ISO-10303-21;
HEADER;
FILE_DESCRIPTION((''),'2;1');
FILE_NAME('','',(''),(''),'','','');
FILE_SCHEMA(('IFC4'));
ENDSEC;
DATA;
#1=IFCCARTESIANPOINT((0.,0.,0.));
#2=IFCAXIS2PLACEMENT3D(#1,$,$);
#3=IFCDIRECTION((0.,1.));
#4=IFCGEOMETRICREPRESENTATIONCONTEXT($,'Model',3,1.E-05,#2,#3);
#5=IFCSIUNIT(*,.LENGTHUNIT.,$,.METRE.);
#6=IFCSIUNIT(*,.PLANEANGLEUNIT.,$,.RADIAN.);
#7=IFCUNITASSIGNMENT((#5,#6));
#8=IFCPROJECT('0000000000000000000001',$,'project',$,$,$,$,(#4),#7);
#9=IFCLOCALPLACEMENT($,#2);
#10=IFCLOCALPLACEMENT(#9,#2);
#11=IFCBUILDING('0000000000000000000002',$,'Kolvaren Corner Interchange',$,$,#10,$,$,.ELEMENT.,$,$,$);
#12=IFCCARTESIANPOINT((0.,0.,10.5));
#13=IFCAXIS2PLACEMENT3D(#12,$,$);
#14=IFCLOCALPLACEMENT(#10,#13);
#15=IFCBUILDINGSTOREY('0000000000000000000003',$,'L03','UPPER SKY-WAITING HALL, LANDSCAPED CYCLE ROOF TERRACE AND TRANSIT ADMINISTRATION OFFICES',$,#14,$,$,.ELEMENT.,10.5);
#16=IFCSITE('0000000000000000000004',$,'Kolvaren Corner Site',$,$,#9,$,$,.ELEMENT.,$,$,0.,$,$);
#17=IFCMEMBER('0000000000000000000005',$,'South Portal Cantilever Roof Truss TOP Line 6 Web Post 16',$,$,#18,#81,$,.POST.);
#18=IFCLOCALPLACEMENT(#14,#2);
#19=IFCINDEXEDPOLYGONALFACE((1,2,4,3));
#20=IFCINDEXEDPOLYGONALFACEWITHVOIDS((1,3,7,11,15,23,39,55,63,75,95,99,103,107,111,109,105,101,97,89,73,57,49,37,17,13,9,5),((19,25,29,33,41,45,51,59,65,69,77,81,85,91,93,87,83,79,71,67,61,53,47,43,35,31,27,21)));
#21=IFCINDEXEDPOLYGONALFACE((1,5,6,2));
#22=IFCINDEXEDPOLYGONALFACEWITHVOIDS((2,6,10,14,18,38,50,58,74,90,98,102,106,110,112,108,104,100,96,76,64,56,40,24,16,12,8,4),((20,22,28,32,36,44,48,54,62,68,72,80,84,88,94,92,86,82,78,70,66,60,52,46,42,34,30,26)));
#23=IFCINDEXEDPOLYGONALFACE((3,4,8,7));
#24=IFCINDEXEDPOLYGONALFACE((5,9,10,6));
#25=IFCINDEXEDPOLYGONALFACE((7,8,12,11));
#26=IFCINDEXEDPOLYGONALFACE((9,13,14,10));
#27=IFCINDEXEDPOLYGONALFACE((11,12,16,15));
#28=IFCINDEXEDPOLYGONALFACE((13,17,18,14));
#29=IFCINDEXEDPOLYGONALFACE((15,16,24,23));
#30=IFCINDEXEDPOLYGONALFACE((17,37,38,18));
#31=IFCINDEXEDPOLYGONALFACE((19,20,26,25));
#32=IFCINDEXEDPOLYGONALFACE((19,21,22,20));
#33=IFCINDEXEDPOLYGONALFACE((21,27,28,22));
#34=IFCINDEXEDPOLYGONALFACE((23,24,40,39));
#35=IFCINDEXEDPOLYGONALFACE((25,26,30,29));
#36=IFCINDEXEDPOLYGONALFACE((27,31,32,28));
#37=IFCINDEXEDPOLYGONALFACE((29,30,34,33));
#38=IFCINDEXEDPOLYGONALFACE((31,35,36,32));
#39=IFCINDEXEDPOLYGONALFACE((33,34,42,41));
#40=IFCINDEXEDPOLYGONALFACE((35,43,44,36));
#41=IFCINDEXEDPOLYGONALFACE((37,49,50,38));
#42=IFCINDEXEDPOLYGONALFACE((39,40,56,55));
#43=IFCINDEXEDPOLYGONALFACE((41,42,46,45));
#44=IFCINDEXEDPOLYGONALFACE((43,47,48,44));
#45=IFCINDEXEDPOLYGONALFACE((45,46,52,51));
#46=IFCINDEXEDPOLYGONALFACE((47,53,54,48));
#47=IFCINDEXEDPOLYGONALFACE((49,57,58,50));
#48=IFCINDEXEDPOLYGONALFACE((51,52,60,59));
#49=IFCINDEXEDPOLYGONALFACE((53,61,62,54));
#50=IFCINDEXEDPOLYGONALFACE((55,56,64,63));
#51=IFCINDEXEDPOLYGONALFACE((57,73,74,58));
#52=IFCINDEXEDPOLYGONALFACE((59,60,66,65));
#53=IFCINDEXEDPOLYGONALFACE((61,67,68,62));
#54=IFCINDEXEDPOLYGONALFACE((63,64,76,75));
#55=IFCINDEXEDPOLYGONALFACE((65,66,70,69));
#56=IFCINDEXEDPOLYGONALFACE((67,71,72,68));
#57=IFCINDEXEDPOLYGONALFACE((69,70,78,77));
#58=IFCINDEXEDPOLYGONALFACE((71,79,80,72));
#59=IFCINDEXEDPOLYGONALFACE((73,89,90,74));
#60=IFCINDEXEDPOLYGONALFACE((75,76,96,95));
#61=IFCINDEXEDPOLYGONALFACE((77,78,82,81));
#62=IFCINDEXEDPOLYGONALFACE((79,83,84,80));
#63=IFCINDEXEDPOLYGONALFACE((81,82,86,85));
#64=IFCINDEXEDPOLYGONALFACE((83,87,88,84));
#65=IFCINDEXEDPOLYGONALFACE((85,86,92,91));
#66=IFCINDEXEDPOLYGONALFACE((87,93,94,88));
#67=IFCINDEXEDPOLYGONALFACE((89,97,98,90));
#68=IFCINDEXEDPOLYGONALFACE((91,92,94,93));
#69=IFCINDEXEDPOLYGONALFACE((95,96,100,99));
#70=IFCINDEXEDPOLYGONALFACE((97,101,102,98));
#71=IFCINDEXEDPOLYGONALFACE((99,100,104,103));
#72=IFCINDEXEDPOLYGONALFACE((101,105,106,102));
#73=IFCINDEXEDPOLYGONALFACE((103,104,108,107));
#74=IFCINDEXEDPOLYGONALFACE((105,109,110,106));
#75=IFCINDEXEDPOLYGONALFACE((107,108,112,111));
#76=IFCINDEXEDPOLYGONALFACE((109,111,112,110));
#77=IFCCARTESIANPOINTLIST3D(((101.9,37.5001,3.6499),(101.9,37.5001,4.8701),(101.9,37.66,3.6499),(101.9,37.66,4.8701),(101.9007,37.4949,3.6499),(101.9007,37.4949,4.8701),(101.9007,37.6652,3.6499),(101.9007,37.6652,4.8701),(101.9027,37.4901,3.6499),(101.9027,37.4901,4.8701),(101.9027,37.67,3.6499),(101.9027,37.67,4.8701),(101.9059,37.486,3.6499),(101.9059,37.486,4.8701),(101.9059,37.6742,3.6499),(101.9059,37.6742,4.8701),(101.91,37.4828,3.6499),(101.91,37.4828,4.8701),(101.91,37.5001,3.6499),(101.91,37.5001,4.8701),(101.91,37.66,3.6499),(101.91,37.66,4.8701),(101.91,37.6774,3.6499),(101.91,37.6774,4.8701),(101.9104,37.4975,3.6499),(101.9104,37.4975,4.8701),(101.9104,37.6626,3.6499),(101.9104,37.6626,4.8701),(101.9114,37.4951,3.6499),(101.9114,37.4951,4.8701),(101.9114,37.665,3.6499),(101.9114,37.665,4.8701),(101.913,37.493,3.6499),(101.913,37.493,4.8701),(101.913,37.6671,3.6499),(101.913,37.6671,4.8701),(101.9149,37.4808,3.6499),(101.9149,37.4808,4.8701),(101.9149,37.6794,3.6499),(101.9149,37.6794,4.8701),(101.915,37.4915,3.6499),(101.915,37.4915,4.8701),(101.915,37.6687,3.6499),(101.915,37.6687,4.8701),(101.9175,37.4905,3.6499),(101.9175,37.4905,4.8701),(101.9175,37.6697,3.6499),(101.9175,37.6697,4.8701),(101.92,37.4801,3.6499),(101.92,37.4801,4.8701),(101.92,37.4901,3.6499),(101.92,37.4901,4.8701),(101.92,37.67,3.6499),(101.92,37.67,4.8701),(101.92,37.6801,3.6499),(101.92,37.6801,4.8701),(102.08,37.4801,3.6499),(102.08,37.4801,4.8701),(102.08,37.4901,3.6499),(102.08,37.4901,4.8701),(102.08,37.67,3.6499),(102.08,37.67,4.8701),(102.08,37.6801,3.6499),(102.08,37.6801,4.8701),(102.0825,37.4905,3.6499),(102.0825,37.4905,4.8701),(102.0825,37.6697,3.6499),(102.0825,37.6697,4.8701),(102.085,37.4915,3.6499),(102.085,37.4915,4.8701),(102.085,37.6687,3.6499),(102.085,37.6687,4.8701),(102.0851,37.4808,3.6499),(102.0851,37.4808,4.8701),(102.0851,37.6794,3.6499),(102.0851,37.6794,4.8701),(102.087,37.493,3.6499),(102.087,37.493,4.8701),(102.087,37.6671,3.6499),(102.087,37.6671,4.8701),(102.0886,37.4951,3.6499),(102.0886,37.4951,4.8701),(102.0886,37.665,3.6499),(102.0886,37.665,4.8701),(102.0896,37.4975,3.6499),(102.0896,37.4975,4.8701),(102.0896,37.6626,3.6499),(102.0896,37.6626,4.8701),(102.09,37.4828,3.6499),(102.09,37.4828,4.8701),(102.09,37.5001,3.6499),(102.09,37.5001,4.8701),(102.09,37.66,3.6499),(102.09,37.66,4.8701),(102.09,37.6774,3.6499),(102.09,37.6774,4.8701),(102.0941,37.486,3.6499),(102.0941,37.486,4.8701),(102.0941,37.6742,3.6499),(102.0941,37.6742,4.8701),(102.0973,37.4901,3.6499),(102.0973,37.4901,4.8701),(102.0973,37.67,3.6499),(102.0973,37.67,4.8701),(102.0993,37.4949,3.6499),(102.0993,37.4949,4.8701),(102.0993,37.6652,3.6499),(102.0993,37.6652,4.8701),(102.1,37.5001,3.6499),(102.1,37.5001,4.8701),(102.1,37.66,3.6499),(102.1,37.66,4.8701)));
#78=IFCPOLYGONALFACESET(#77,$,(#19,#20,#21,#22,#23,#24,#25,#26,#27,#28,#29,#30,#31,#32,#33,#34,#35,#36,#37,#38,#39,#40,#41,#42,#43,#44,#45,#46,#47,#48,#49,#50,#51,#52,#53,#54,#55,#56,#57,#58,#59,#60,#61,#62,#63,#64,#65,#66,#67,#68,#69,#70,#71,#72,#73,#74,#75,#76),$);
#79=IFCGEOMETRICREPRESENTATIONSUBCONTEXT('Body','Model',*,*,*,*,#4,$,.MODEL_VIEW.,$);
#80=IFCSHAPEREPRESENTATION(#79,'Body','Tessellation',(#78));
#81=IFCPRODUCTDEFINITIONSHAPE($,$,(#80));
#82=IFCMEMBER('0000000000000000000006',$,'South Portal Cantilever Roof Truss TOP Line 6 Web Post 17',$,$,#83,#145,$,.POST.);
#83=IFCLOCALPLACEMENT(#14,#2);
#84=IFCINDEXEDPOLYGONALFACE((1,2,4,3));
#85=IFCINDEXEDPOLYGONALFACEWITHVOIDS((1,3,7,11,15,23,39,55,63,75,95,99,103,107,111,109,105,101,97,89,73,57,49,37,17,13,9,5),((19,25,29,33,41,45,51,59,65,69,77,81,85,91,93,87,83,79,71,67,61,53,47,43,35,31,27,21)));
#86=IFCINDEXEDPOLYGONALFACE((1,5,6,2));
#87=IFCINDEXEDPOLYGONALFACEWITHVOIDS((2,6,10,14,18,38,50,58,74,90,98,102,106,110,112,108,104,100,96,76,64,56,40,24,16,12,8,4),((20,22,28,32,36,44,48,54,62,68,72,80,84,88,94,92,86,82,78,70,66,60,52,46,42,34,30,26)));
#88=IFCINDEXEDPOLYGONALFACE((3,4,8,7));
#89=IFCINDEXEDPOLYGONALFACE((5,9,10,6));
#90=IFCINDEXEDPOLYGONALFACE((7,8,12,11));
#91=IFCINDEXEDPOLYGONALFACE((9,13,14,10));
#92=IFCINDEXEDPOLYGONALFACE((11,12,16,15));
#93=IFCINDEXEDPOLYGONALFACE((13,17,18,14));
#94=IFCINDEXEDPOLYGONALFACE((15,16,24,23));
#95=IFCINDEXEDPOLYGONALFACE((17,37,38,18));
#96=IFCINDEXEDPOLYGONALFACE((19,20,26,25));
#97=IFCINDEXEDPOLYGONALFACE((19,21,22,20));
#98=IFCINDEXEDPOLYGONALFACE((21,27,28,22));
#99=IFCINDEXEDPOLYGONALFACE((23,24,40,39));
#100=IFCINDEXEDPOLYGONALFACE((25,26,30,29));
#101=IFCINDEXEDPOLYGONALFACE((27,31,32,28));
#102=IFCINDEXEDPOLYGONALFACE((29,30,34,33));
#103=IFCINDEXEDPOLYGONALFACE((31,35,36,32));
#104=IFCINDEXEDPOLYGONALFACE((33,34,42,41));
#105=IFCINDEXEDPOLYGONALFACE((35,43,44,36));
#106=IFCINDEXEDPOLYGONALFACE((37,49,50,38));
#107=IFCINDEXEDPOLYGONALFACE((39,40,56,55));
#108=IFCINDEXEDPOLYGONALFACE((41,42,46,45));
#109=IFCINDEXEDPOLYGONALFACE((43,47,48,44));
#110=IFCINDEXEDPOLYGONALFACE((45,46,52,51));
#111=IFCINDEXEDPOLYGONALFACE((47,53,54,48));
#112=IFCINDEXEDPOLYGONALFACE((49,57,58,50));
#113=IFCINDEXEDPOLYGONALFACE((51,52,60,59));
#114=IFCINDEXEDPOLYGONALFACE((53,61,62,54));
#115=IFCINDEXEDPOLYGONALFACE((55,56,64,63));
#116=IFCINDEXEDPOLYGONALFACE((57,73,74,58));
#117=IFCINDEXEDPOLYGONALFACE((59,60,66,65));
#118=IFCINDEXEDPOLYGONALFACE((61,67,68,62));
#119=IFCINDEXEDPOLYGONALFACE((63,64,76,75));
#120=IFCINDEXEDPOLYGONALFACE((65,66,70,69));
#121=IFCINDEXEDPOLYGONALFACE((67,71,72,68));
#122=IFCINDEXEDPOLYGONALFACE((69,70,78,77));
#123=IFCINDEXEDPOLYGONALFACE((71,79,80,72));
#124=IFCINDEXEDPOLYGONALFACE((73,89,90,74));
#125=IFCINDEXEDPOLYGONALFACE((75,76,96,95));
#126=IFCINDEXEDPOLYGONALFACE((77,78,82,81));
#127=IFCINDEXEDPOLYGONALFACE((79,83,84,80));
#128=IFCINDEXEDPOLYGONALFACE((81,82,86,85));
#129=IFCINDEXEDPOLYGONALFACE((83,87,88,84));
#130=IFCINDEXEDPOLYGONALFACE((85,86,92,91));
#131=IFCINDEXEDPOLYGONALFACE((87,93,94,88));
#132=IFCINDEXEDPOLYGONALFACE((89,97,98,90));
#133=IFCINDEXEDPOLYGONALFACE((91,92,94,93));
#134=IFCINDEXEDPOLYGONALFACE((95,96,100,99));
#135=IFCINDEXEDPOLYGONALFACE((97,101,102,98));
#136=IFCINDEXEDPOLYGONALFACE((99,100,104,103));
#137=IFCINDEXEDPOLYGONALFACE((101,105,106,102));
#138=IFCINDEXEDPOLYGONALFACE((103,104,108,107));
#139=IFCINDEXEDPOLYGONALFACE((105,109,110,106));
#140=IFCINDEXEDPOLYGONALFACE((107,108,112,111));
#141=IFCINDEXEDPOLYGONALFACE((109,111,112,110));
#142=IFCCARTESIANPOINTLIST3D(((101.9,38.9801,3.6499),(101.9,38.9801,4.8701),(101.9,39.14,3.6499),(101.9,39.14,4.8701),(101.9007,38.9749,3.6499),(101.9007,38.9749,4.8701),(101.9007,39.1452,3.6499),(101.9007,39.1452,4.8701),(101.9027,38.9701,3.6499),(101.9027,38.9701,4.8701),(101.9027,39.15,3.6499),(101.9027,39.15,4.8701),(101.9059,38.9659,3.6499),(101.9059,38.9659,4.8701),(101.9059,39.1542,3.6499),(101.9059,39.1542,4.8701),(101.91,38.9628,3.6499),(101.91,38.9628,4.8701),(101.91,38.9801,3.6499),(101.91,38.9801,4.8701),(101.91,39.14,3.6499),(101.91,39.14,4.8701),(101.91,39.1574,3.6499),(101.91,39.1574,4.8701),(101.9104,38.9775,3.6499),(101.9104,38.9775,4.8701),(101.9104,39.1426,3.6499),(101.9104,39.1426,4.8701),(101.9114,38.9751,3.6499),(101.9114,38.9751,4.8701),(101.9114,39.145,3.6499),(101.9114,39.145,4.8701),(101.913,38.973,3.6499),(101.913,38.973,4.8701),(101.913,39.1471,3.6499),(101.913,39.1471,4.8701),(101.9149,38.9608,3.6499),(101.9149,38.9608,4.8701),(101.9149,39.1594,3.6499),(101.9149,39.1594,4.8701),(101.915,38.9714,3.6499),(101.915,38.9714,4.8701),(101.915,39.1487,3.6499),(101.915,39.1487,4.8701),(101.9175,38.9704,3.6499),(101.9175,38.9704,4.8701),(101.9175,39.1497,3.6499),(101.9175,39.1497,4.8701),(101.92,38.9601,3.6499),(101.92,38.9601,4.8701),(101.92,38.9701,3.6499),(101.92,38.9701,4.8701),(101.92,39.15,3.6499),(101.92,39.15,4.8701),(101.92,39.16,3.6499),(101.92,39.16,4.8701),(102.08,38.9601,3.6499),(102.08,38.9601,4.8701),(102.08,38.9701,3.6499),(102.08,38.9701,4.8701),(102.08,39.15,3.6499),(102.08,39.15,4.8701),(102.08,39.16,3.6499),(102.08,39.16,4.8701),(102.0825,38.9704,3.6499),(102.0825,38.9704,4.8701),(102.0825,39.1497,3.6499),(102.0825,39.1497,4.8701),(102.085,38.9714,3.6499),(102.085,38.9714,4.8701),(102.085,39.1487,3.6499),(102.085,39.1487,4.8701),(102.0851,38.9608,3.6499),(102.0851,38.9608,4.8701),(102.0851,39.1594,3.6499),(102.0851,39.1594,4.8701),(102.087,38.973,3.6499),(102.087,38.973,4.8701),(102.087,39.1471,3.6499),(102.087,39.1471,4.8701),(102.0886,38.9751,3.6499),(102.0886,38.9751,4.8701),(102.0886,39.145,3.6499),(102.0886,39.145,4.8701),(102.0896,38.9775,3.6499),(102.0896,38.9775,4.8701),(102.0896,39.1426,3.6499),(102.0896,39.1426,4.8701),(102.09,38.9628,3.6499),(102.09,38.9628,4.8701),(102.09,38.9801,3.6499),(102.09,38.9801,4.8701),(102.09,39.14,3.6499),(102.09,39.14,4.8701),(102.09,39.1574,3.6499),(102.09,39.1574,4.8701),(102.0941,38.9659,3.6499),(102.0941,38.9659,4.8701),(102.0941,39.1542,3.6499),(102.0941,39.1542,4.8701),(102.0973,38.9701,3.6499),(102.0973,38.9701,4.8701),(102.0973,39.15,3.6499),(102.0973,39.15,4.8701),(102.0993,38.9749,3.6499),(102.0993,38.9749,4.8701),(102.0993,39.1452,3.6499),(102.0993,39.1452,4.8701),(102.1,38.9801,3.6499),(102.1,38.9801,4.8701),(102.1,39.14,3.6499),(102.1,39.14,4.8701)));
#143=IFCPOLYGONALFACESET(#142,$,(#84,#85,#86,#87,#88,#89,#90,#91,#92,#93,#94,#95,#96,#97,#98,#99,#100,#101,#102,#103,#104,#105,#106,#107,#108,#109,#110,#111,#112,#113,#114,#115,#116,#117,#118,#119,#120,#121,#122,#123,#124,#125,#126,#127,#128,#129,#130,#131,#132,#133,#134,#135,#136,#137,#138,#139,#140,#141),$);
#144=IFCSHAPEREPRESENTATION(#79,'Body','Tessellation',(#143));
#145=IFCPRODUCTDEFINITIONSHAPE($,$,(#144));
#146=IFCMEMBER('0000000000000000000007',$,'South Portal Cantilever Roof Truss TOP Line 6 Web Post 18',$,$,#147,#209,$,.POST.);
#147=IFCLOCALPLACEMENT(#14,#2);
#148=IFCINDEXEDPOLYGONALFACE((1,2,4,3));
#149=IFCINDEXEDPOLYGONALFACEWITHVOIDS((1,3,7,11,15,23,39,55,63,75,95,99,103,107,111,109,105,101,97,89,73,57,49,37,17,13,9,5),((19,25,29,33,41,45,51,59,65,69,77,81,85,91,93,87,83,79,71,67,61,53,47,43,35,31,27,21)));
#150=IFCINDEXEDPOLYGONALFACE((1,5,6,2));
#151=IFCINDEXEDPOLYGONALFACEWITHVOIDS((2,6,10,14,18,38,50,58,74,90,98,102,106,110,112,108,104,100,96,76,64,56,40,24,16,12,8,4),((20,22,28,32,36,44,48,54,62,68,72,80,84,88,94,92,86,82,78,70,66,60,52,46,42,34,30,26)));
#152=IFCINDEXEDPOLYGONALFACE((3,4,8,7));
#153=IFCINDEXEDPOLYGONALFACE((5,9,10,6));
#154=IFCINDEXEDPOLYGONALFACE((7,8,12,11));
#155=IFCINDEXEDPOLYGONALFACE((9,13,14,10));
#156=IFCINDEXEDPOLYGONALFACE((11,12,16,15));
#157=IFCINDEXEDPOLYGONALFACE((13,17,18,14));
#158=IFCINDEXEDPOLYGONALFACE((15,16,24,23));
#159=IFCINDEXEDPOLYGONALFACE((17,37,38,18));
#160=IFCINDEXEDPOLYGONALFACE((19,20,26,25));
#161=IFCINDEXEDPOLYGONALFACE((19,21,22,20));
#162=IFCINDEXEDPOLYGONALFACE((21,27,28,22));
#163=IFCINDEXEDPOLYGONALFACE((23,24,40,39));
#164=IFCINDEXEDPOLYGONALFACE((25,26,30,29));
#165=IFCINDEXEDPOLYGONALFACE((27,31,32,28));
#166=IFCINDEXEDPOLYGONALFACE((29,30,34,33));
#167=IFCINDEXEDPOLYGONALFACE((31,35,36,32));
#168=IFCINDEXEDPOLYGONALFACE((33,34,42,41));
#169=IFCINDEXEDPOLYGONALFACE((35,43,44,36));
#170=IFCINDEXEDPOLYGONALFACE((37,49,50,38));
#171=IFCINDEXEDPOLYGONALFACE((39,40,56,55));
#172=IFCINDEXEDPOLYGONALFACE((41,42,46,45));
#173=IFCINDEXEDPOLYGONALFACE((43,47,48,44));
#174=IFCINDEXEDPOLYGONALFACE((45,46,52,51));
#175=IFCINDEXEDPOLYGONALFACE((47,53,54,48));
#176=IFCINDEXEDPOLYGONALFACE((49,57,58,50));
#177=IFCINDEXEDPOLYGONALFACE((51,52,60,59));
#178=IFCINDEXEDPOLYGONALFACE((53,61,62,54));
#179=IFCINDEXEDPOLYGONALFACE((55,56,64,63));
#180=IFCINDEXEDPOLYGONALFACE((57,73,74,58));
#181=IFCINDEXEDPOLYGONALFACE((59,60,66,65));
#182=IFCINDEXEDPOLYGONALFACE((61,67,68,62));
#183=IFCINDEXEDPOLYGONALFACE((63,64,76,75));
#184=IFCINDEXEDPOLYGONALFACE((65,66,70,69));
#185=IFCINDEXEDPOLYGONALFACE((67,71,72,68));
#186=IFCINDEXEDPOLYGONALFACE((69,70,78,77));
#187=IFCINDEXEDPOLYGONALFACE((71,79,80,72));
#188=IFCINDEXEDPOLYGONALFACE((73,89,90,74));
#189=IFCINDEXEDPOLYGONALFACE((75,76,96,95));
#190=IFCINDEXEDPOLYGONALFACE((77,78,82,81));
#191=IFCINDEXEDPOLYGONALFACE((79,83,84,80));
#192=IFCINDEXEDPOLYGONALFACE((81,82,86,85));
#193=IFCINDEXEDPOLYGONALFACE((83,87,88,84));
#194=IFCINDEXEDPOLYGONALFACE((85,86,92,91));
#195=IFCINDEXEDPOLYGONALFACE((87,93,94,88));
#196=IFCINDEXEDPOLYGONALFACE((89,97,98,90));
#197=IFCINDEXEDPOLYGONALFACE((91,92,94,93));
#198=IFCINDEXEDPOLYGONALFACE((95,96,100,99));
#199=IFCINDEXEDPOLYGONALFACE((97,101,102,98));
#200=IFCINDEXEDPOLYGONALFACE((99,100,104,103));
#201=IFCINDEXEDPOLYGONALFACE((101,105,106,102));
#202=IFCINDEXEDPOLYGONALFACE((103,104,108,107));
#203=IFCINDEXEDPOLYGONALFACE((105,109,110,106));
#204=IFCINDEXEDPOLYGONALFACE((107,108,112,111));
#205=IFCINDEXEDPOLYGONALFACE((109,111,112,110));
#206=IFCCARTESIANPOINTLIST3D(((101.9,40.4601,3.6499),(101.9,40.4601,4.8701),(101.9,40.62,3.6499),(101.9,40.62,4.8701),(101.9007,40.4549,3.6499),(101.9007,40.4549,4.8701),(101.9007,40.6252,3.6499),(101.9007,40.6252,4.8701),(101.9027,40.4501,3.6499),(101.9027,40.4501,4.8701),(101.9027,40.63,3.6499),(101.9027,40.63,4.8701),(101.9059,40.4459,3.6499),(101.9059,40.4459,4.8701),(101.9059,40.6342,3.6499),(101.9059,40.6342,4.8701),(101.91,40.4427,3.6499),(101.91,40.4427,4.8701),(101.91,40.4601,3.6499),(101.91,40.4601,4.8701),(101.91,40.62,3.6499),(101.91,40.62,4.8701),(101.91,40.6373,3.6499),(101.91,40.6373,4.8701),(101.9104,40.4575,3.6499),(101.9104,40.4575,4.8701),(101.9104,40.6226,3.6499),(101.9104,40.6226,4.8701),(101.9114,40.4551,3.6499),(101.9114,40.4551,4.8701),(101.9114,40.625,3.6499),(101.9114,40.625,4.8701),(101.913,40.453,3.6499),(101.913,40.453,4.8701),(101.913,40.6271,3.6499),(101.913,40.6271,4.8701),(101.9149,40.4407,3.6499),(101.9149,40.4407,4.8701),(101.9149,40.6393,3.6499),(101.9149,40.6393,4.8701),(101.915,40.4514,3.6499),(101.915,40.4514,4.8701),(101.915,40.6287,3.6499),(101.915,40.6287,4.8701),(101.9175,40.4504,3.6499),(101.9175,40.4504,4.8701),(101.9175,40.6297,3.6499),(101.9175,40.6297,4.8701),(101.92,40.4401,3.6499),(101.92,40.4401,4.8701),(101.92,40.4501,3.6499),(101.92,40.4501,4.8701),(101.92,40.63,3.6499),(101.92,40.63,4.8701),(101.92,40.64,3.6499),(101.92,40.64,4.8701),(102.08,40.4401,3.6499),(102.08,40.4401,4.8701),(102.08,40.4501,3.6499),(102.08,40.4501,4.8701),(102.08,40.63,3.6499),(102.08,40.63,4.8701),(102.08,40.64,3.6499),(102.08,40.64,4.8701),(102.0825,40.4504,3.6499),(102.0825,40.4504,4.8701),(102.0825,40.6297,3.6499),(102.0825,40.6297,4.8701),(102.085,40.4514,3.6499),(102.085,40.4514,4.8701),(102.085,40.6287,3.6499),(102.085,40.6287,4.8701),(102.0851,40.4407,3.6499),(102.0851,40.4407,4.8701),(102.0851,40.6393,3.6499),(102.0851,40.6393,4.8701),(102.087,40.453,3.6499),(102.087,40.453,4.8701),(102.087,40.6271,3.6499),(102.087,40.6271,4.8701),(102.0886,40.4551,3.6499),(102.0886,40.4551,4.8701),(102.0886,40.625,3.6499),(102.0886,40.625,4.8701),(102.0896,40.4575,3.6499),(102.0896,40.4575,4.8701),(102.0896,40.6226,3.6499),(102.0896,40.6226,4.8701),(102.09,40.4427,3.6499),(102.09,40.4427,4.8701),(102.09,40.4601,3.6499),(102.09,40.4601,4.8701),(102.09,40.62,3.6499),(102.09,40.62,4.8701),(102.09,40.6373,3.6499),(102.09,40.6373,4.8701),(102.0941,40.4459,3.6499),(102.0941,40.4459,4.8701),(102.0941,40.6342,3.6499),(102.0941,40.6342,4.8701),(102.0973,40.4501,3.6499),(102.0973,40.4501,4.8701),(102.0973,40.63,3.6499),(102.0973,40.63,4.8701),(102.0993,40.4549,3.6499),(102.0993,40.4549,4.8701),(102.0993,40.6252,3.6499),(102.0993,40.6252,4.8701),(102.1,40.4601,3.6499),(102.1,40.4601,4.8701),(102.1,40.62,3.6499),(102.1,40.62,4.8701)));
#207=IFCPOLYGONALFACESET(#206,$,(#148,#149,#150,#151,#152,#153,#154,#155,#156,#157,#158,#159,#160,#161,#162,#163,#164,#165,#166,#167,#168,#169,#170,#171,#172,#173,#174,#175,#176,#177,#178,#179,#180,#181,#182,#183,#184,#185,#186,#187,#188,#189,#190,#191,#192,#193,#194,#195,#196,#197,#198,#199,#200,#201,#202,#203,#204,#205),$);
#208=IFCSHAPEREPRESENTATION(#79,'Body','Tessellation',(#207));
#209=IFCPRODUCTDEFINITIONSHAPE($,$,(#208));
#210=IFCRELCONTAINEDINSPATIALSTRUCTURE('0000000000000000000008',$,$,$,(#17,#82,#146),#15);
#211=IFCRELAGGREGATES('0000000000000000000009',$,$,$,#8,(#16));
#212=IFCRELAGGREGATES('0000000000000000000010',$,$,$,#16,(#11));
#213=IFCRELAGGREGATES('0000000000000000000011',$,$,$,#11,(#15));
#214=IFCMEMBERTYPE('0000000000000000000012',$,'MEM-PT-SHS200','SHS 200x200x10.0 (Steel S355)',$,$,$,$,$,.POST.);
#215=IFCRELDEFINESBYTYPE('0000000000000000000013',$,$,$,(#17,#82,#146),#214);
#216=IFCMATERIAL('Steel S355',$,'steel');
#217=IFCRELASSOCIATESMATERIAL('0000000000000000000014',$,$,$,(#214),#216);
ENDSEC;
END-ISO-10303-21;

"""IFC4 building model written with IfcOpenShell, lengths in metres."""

from ifc_helpers import new_model, si_unit, direction, frame, origin, origin_2d, place, context, subcontext, project, spatial, hollow_rectangle, extrude, material, material_profile, profile_set, type_object, element, save


model = new_model("IFC4")

# Units and contexts
model_context = context("Model", 3, precision=1e-05, world=origin(), true_north=direction((0.0, 1.0)))
body_context = subcontext(model_context, "Body", "Model", "MODEL_VIEW")
ifc_project = project(units=[si_unit("LENGTHUNIT", "METRE"), si_unit("PLANEANGLEUNIT", "RADIAN")], contexts=[model_context])

# Site, building, storey
site_placement = place(None, origin())
site = spatial("IfcSite", under=ifc_project, at=site_placement, Name="Kolvaren Corner Site", CompositionType="ELEMENT", RefElevation=0.0)
building_placement = place(site_placement, origin())
building = spatial("IfcBuilding", under=site, at=building_placement, Name="Kolvaren Corner Interchange", CompositionType="ELEMENT")
storey_placement = place(building_placement, frame((0.0, 0.0, 10.5)))
storey = spatial("IfcBuildingStorey", under=building, at=storey_placement, Name="L03", Description="UPPER SKY-WAITING HALL, LANDSCAPED CYCLE ROOF TERRACE AND TRANSIT ADMINISTRATION OFFICES", CompositionType="ELEMENT", Elevation=10.5)

# Members
ifc_material_1 = material(Name="Steel S355", Category="steel")
ifc_material_profile_1 = material_profile(ifc_material_1, hollow_rectangle(XDim=0.2, YDim=0.2, WallThickness=0.01, InnerFilletRadius=0.01, OuterFilletRadius=0.02, at=origin_2d()), Name="SHS 200x200x10.0")
ifc_profile_set_1 = profile_set([ifc_material_profile_1], Name="Steel S355")
member_type_1 = type_object("IfcMemberType", Name="MEM-PT-SHS200", Description="SHS 200x200x10.0 (Steel S355)", PredefinedType="POST", material=ifc_profile_set_1)
for number, where, z_axis, x_axis, name in (
    (1, (102.0, 37.5801, 3.6499), (0.0, 0.0, 1.0), (1.0, 0.0, 0.0), "South Portal Cantilever Roof Truss TOP Line 6 Web Post 16"),
    (2, (102.0, 39.0601, 3.6499), (0.0, 0.0, 1.0), (1.0, 0.0, 0.0), "South Portal Cantilever Roof Truss TOP Line 6 Web Post 17"),
    (3, (102.0, 40.54, 3.6499), (0.0, 0.0, 1.0), (1.0, 0.0, 0.0), "South Portal Cantilever Roof Truss TOP Line 6 Web Post 18"),
):
    element("IfcMember", number, at=place(storey_placement, frame(where, z_axis=z_axis, x_axis=x_axis)), inside=storey, type_object=member_type_1, Name=name, PredefinedType="POST", context=body_context, shape_type="SweptSolid", body=[
        extrude(hollow_rectangle(XDim=0.2, YDim=0.2, WallThickness=0.01, InnerFilletRadius=0.01, OuterFilletRadius=0.02, at=origin_2d()), origin(), (0.0, 0.0, 1.0), 1.2202),
    ])

save(model, "model.ifc")
